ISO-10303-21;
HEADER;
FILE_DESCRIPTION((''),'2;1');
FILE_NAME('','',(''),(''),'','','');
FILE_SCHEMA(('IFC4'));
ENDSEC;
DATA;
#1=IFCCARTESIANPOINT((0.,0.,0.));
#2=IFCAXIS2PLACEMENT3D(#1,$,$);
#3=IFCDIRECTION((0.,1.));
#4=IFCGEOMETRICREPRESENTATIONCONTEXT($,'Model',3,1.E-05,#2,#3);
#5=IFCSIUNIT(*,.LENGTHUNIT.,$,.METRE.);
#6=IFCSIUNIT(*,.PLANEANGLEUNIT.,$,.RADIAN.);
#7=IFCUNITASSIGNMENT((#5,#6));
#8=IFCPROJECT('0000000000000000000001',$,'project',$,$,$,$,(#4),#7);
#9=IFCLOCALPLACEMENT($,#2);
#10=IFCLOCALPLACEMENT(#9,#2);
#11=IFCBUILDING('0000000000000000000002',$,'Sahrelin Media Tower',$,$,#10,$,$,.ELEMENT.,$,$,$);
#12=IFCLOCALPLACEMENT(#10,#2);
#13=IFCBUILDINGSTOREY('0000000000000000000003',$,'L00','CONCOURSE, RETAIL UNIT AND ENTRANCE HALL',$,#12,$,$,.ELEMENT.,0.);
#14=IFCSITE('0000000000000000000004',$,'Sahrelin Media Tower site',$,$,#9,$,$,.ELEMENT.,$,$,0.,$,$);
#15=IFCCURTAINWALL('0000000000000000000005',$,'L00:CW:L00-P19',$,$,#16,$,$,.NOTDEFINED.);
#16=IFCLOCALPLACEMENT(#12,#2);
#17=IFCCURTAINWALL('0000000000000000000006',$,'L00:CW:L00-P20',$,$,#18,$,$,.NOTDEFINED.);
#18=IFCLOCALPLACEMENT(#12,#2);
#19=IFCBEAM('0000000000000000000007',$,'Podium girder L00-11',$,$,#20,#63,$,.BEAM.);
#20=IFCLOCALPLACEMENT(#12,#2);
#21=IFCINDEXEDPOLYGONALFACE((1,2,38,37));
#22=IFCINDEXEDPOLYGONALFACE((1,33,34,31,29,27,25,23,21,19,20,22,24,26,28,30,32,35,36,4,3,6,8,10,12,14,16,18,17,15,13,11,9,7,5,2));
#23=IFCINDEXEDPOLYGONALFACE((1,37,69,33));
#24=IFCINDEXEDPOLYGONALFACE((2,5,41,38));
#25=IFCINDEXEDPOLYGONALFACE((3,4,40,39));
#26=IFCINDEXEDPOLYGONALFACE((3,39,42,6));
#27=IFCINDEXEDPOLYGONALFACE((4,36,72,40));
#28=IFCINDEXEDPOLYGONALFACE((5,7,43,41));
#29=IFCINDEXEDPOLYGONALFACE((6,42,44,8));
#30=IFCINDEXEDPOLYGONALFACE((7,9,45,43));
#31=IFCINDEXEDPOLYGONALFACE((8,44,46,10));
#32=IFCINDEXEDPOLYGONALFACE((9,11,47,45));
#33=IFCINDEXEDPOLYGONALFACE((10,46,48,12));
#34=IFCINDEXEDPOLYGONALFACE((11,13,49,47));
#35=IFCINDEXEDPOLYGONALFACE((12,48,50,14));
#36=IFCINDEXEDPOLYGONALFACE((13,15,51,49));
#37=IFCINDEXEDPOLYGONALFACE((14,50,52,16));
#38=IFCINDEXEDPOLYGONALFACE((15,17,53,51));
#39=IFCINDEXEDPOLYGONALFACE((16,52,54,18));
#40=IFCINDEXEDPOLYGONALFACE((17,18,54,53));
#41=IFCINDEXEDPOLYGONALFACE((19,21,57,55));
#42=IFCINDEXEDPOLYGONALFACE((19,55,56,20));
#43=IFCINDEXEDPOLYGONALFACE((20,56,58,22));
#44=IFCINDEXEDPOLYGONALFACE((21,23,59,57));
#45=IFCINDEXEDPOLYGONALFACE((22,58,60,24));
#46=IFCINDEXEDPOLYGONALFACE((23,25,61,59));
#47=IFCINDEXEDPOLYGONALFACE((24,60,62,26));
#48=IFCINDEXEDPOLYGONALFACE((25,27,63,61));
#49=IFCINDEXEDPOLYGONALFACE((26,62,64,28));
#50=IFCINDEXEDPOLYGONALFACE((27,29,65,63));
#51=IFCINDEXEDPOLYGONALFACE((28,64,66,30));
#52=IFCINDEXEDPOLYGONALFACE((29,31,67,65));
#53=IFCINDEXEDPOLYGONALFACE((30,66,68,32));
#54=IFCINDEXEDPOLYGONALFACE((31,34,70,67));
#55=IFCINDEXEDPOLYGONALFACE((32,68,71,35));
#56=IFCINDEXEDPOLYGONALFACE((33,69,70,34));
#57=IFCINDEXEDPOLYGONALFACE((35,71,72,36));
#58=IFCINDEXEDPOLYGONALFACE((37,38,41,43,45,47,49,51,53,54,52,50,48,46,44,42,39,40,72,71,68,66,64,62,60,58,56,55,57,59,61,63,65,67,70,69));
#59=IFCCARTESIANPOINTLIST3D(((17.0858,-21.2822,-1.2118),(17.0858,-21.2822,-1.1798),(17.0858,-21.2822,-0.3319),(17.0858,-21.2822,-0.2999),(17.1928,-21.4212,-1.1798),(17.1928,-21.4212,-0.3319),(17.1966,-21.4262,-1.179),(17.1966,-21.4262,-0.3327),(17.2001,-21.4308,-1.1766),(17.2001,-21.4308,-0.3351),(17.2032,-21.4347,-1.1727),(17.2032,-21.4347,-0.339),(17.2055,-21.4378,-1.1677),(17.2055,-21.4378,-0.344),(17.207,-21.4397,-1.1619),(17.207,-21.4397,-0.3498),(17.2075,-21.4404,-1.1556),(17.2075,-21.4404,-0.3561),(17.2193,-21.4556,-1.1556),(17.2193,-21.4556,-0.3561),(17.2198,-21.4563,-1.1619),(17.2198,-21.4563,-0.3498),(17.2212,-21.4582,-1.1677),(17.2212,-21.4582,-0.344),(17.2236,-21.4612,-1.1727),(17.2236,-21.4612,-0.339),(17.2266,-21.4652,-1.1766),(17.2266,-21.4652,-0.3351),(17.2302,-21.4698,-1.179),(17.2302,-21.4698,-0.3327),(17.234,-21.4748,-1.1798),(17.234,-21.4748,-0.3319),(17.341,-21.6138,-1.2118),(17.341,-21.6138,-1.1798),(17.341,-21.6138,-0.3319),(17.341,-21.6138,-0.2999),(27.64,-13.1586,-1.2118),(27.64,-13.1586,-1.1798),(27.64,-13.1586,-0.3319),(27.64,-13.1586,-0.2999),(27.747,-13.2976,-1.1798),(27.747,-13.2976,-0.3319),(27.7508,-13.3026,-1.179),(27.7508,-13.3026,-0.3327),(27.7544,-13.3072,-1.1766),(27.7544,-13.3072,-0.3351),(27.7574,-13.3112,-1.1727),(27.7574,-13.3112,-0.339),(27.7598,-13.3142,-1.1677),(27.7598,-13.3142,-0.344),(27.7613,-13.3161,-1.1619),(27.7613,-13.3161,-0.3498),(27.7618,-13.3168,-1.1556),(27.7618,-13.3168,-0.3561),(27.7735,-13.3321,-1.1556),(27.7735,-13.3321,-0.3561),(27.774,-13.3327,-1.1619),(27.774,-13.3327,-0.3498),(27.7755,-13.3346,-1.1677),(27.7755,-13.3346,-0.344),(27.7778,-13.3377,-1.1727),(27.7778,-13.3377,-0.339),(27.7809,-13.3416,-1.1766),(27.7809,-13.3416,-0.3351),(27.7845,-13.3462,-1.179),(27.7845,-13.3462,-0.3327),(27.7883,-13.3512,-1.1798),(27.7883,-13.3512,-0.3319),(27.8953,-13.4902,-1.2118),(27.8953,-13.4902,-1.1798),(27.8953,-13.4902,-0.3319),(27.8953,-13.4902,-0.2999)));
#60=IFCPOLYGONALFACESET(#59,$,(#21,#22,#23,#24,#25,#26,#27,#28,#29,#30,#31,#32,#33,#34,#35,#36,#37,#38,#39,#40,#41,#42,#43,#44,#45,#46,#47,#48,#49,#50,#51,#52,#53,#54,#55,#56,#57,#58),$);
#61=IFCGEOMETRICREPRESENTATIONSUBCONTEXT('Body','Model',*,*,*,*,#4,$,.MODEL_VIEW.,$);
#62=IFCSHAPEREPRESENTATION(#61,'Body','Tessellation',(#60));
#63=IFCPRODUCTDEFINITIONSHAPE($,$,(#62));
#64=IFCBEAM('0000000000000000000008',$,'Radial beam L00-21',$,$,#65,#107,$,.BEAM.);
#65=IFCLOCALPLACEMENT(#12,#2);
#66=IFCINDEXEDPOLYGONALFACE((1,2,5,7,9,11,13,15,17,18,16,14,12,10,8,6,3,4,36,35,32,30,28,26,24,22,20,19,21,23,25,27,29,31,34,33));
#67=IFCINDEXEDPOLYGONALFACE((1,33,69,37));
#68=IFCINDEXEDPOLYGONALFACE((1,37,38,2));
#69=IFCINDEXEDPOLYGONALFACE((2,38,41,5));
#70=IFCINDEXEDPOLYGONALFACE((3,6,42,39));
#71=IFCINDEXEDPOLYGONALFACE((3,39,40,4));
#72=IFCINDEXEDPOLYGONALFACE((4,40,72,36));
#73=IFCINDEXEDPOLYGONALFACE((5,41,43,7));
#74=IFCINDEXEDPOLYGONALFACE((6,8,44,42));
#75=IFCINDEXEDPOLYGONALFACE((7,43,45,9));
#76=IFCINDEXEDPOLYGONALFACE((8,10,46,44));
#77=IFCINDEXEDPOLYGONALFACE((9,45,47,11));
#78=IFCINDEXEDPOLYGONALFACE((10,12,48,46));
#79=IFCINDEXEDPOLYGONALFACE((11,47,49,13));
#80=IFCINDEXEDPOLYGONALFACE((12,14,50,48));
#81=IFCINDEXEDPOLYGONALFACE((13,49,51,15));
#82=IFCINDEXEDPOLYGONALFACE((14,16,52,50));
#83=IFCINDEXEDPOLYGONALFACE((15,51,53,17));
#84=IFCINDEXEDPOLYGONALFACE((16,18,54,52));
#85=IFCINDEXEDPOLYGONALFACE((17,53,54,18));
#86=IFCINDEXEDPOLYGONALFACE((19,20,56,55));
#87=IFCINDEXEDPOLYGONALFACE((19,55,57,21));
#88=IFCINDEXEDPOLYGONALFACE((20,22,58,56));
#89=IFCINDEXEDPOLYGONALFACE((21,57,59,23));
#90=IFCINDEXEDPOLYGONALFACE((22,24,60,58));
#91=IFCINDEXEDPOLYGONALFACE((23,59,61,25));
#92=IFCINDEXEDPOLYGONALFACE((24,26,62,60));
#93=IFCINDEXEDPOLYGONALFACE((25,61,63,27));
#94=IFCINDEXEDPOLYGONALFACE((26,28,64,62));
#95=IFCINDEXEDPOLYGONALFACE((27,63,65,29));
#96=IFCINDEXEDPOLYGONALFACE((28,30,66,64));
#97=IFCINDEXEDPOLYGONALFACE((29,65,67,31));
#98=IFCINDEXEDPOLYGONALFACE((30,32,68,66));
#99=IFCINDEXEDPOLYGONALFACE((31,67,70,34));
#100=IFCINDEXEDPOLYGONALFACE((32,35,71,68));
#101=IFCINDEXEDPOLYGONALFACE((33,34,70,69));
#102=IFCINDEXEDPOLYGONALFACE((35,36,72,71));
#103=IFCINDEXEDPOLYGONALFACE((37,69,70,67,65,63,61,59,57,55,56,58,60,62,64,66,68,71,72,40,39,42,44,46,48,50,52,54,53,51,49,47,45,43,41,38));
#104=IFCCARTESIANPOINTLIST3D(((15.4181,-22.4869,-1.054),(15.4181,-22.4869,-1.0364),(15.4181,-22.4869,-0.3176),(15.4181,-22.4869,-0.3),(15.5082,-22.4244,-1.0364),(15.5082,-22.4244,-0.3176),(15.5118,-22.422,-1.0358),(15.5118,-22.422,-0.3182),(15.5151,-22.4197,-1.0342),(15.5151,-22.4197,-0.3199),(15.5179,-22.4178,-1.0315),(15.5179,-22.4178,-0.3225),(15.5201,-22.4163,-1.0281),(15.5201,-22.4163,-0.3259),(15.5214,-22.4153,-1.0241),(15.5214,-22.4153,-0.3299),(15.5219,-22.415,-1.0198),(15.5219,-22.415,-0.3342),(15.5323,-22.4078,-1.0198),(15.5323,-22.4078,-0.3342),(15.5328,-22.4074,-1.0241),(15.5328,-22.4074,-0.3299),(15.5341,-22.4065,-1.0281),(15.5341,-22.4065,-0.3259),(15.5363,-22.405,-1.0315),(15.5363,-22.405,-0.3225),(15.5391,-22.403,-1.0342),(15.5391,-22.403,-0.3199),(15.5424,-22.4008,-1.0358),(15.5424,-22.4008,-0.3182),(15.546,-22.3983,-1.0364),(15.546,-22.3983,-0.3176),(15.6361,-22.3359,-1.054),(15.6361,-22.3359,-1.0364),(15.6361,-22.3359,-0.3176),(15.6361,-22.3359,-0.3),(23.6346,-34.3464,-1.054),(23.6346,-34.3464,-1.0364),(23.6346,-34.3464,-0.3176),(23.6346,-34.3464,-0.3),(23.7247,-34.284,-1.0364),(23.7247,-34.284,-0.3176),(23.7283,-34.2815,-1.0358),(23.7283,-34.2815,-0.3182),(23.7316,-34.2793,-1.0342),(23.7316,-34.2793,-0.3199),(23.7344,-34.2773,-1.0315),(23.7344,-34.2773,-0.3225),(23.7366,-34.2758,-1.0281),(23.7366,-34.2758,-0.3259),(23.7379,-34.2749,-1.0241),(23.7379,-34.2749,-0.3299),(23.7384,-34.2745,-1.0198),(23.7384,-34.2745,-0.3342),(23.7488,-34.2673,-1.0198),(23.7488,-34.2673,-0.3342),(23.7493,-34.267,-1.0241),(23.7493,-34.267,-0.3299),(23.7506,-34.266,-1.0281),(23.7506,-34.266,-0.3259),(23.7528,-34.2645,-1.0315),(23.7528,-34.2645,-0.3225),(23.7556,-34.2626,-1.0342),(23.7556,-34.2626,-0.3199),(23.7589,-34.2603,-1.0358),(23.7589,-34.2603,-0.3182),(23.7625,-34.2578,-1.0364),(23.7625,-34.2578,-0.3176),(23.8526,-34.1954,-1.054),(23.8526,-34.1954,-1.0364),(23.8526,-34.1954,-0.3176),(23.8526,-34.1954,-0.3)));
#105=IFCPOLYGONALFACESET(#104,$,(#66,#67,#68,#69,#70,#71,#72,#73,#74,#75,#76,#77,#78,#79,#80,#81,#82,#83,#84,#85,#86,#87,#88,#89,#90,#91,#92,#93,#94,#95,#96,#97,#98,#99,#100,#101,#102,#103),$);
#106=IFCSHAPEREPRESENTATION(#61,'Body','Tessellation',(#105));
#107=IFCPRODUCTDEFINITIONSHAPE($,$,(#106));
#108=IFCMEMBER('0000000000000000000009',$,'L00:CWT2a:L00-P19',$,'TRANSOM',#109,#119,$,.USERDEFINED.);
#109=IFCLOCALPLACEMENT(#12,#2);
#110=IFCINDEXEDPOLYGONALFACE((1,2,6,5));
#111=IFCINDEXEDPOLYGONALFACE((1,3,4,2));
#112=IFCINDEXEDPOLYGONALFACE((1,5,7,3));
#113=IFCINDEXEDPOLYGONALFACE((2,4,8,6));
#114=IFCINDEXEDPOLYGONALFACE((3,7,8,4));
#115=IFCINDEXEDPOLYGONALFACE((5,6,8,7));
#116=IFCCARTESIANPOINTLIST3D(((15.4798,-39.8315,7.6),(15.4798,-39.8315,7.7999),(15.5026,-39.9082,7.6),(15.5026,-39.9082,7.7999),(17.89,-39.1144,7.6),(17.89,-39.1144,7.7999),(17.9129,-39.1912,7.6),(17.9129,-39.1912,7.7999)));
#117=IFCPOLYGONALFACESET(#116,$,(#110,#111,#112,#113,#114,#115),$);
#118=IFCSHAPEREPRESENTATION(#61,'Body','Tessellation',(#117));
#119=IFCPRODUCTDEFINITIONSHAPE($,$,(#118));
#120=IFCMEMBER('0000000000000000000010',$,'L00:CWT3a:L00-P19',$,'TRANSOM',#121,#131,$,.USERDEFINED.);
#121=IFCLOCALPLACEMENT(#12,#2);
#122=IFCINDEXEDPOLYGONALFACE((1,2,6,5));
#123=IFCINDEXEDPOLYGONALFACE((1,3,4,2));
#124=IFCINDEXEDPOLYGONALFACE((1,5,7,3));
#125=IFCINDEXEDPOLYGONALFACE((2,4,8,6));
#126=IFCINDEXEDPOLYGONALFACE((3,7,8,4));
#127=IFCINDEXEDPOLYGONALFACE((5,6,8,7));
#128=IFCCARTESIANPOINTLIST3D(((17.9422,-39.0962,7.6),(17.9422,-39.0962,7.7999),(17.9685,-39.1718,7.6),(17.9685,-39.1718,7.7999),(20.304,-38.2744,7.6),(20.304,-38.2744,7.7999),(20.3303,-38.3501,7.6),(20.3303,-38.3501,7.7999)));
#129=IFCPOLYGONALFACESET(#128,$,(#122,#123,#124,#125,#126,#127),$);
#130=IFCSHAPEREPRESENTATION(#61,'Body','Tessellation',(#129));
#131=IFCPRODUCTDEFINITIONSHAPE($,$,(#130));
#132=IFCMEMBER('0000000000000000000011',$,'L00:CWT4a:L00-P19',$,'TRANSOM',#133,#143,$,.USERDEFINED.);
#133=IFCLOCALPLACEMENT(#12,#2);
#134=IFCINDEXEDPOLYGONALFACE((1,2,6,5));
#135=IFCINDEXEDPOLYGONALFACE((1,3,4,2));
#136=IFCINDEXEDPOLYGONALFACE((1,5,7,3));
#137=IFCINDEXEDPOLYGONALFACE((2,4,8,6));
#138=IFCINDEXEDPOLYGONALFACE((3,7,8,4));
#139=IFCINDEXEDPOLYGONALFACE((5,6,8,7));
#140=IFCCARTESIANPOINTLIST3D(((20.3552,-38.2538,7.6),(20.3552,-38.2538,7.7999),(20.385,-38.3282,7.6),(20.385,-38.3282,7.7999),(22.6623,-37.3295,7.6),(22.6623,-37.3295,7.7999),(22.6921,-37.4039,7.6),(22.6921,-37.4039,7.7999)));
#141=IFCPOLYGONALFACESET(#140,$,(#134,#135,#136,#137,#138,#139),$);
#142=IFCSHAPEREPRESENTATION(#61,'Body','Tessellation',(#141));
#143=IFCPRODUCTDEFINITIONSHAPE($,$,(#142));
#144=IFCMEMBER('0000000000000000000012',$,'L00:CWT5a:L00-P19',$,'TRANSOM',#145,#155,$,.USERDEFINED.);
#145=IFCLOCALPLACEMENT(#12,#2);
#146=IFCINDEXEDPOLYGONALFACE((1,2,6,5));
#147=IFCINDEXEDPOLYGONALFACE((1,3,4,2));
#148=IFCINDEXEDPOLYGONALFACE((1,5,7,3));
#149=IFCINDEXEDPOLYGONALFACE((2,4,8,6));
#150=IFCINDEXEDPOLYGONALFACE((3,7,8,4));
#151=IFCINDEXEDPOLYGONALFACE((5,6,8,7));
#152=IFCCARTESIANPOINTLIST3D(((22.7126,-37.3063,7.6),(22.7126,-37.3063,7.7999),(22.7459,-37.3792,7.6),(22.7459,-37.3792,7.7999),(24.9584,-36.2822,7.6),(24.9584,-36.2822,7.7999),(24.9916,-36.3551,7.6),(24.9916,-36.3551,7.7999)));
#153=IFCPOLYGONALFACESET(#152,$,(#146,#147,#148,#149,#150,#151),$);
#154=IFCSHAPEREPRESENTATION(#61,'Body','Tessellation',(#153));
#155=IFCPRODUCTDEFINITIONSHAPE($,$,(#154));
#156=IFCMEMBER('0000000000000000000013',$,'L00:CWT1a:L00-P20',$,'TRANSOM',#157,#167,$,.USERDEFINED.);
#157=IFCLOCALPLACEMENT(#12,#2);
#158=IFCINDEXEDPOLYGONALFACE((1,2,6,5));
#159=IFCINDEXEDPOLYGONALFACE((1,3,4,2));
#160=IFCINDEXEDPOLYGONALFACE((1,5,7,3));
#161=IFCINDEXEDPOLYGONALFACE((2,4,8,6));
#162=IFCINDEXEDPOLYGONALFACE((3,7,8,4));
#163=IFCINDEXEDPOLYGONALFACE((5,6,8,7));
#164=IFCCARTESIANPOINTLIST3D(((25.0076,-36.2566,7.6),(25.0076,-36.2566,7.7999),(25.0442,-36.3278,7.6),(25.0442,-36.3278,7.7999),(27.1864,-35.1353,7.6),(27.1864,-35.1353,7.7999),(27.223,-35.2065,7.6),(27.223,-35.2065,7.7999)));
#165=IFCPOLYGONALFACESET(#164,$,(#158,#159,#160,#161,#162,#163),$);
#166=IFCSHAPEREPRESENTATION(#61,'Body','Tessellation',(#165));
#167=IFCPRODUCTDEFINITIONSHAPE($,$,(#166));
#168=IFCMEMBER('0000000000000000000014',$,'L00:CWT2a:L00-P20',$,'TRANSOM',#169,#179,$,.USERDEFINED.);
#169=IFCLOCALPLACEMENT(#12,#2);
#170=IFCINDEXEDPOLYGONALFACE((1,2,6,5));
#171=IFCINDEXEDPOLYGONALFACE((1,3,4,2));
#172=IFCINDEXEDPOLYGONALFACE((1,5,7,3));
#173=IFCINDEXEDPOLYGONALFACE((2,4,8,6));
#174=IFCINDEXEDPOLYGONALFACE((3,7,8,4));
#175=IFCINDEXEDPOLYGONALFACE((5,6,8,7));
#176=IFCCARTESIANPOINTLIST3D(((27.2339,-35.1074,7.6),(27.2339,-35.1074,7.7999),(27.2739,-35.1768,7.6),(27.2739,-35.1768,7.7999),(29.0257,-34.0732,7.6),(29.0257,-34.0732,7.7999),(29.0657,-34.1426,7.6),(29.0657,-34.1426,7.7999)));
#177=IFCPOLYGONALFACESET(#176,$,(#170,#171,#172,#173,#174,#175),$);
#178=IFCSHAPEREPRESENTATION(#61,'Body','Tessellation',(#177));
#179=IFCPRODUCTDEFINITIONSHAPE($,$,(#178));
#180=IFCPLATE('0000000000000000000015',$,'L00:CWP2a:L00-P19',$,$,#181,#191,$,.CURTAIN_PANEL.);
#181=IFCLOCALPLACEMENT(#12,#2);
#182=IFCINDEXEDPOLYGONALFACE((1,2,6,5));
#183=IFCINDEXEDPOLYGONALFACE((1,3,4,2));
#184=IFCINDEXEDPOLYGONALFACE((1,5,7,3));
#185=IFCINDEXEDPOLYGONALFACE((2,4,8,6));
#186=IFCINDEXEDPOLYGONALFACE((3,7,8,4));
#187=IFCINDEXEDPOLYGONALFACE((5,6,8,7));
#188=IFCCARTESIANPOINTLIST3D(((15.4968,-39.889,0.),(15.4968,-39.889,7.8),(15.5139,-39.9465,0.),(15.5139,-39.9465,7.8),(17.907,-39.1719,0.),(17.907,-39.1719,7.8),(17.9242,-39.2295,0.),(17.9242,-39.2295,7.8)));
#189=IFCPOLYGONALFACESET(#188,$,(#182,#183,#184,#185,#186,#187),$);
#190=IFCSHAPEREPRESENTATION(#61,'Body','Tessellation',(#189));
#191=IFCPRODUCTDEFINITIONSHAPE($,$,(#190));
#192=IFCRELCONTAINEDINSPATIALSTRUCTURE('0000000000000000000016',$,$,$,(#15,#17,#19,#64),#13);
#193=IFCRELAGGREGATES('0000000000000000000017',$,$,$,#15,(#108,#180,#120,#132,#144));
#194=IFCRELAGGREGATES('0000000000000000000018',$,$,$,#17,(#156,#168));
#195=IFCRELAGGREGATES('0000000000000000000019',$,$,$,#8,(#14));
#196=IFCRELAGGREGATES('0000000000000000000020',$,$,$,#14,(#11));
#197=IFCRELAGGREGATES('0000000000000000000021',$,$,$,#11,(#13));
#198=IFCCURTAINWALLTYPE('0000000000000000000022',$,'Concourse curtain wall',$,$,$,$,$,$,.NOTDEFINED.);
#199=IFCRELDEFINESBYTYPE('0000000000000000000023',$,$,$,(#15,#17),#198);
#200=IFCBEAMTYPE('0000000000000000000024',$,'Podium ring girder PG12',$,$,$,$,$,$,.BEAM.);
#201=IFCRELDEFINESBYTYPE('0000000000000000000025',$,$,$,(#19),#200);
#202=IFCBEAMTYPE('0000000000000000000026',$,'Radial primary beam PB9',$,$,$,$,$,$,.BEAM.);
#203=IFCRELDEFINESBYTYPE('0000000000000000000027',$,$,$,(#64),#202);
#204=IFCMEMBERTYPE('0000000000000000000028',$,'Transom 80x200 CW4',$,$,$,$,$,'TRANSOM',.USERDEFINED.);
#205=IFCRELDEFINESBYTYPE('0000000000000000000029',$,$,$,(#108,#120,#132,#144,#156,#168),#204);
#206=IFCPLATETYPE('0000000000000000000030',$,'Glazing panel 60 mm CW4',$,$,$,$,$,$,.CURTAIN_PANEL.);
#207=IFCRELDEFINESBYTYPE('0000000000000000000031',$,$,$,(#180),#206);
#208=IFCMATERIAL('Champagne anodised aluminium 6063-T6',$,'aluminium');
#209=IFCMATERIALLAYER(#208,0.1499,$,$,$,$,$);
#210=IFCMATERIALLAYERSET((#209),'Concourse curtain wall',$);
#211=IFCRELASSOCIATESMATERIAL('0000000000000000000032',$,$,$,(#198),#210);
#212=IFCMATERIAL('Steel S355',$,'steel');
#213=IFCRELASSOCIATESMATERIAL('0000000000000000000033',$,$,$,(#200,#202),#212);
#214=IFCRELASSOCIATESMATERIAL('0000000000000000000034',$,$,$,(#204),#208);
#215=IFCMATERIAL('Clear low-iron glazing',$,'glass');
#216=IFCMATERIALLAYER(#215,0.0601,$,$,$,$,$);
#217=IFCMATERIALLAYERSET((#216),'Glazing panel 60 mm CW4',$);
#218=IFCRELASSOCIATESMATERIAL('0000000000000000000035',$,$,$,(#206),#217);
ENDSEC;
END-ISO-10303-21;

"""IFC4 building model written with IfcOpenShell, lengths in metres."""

from ifc_helpers import new_model, si_unit, direction, frame, origin, origin_2d, place, context, subcontext, project, spatial, polyline, rectangle, i_section, outline, extrude, material, layer, layer_set, material_profile, profile_set, type_object, element, aggregate, save


model = new_model("IFC4")

# Units and contexts
model_context = context("Model", 3, precision=1e-05, world=origin(), true_north=direction((0.0, 1.0)))
body_context = subcontext(model_context, "Body", "Model", "MODEL_VIEW")
ifc_project = project(units=[si_unit("LENGTHUNIT", "METRE"), si_unit("PLANEANGLEUNIT", "RADIAN")], contexts=[model_context])

# Site, building, storey
site_placement = place(None, origin())
site = spatial("IfcSite", under=ifc_project, at=site_placement, Name="Sahrelin Media Tower site", CompositionType="ELEMENT", RefElevation=0.0)
building_placement = place(site_placement, origin())
building = spatial("IfcBuilding", under=site, at=building_placement, Name="Sahrelin Media Tower", CompositionType="ELEMENT")
storey_placement = place(building_placement, origin())
storey = spatial("IfcBuildingStorey", under=building, at=storey_placement, Name="L00", Description="CONCOURSE, RETAIL UNIT AND ENTRANCE HALL", CompositionType="ELEMENT", Elevation=0.0)

# Curtain walls
ifc_material_1 = material(Name="Champagne anodised aluminium 6063-T6", Category="aluminium")
ifc_layer_1 = layer(ifc_material_1, 0.1499)
ifc_layer_set_1 = layer_set([ifc_layer_1], Name="Concourse curtain wall")
curtain_wall_type = type_object("IfcCurtainWallType", Name="Concourse curtain wall", PredefinedType="NOTDEFINED", material=ifc_layer_set_1)
curtain_wall_1_placement = place(storey_placement, frame((12.9409, -40.5688, 0.0), z_axis=(0.0, 0.0, 1.0), x_axis=(1.0, 0.0, 0.0)))
curtain_wall_1 = element("IfcCurtainWall", 1, at=curtain_wall_1_placement, inside=storey, type_object=curtain_wall_type, Name="L00:CW:L00-P19", PredefinedType="NOTDEFINED")
curtain_wall_2_placement = place(storey_placement, frame((25.0, -36.373, 0.0), z_axis=(0.0, 0.0, 1.0), x_axis=(1.0, 0.0, 0.0)))
curtain_wall_2 = element("IfcCurtainWall", 2, at=curtain_wall_2_placement, inside=storey, type_object=curtain_wall_type, Name="L00:CW:L00-P20", PredefinedType="NOTDEFINED")

# Beams
ifc_material_2 = material(Name="Steel S355", Category="steel")
ifc_material_profile_1 = material_profile(ifc_material_2, i_section(OverallWidth=0.4185, OverallDepth=0.9119, WebThickness=0.0193, FlangeThickness=0.032, FilletRadius=0.0242, at=origin_2d()), Name="UB 914x419x343")
ifc_profile_set_1 = profile_set([ifc_material_profile_1], Name="Steel S355")
beam_type_1 = type_object("IfcBeamType", Name="Podium ring girder PG12", PredefinedType="BEAM", material=ifc_profile_set_1)
beam_1_placement = place(storey_placement, frame((17.2134, -21.448, -0.7559), z_axis=(0.792445, 0.609943, 0.0), x_axis=(-0.609943, 0.792445, 0.0)))
element("IfcBeam", 3, at=beam_1_placement, inside=storey, type_object=beam_type_1, Name="Podium girder L00-11", PredefinedType="BEAM", context=body_context, shape_type="SweptSolid", body=[
    extrude(i_section(OverallWidth=0.4185, OverallDepth=0.9119, WebThickness=0.0193, FlangeThickness=0.032, FilletRadius=0.0242, at=origin_2d()), origin(), (0.0, 0.0, 1.0), 13.3186),
])
ifc_material_profile_2 = material_profile(ifc_material_2, i_section(OverallWidth=0.2651, OverallDepth=0.7539, WebThickness=0.0127, FlangeThickness=0.0176, FilletRadius=0.0166, at=origin_2d()), Name="UB 762x267x147")
ifc_profile_set_2 = profile_set([ifc_material_profile_2], Name="Steel S355")
beam_type_2 = type_object("IfcBeamType", Name="Radial primary beam PB9", PredefinedType="BEAM", material=ifc_profile_set_2)
beam_2_placement = place(storey_placement, frame((15.5271, -22.4114, -0.677), z_axis=(0.569493, -0.821996, 0.0), x_axis=(0.821996, 0.569493, 0.0)))
element("IfcBeam", 4, at=beam_2_placement, inside=storey, type_object=beam_type_2, Name="Radial beam L00-21", PredefinedType="BEAM", context=body_context, shape_type="SweptSolid", body=[
    extrude(i_section(OverallWidth=0.2651, OverallDepth=0.7539, WebThickness=0.0127, FlangeThickness=0.0176, FilletRadius=0.0166, at=origin_2d()), origin(), (0.0, 0.0, 1.0), 14.4277),
])

# Members
ifc_material_profile_3 = material_profile(ifc_material_1, rectangle(XDim=0.0801, YDim=0.2, at=origin_2d()), Name="Transom 80x200")
ifc_profile_set_3 = profile_set([ifc_material_profile_3], Name="Champagne anodised aluminium 6063-T6")
member_type_1 = type_object("IfcMemberType", Name="Transom 80x200 CW4", ElementType="TRANSOM", PredefinedType="USERDEFINED", material=ifc_profile_set_3)
member_1_placement = place(storey_placement, frame((15.4912, -39.8699, 7.7), z_axis=(0.958481, 0.285156, 0.0), x_axis=(-0.285156, 0.958481, 0.0)))
member_1 = element("IfcMember", 5, at=member_1_placement, type_object=member_type_1, Name="L00:CWT2a:L00-P19", ObjectType="TRANSOM", PredefinedType="USERDEFINED", context=body_context, shape_type="SweptSolid", body=[
    extrude(rectangle(XDim=0.0801, YDim=0.2, at=origin_2d()), origin(), (0.0, 0.0, 1.0), 2.5146),
])
member_2_placement = place(storey_placement, frame((17.9553, -39.134, 7.7), z_axis=(0.944463, 0.328619, 0.0), x_axis=(-0.328619, 0.944463, 0.0)))
member_2 = element("IfcMember", 6, at=member_2_placement, type_object=member_type_1, Name="L00:CWT3a:L00-P19", ObjectType="TRANSOM", PredefinedType="USERDEFINED", context=body_context, shape_type="SweptSolid", body=[
    extrude(rectangle(XDim=0.0801, YDim=0.2, at=origin_2d()), origin(), (0.0, 0.0, 1.0), 2.5007),
])
member_3_placement = place(storey_placement, frame((20.3701, -38.291, 7.7), z_axis=(0.928273, 0.371899, 0.0), x_axis=(-0.371899, 0.928273, 0.0)))
member_3 = element("IfcMember", 7, at=member_3_placement, type_object=member_type_1, Name="L00:CWT4a:L00-P19", ObjectType="TRANSOM", PredefinedType="USERDEFINED", context=body_context, shape_type="SweptSolid", body=[
    extrude(rectangle(XDim=0.0801, YDim=0.2, at=origin_2d()), origin(), (0.0, 0.0, 1.0), 2.4854),
])
member_4_placement = place(storey_placement, frame((22.7292, -37.3428, 7.7), z_axis=(0.909858, 0.41492, 0.0), x_axis=(-0.41492, 0.909858, 0.0)))
member_4 = element("IfcMember", 8, at=member_4_placement, type_object=member_type_1, Name="L00:CWT5a:L00-P19", ObjectType="TRANSOM", PredefinedType="USERDEFINED", context=body_context, shape_type="SweptSolid", body=[
    extrude(rectangle(XDim=0.0801, YDim=0.2, at=origin_2d()), origin(), (0.0, 0.0, 1.0), 2.4683),
])
member_5_placement = place(storey_placement, frame((25.0259, -36.2922, 7.7), z_axis=(0.889145, 0.457625, 0.0), x_axis=(-0.457625, 0.889145, 0.0)))
member_5 = element("IfcMember", 9, at=member_5_placement, type_object=member_type_1, Name="L00:CWT1a:L00-P20", ObjectType="TRANSOM", PredefinedType="USERDEFINED", context=body_context, shape_type="SweptSolid", body=[
    extrude(rectangle(XDim=0.0801, YDim=0.2, at=origin_2d()), origin(), (0.0, 0.0, 1.0), 2.4504),
])
member_6_placement = place(storey_placement, frame((27.2539, -35.1421, 7.7), z_axis=(0.866085, 0.499896, 0.0), x_axis=(-0.499896, 0.866085, 0.0)))
member_6 = element("IfcMember", 10, at=member_6_placement, type_object=member_type_1, Name="L00:CWT2a:L00-P20", ObjectType="TRANSOM", PredefinedType="USERDEFINED", context=body_context, shape_type="SweptSolid", body=[
    extrude(rectangle(XDim=0.0801, YDim=0.2, at=origin_2d()), origin(), (0.0, 0.0, 1.0), 2.0688),
])

# Plate
ifc_material_3 = material(Name="Clear low-iron glazing", Category="glass")
ifc_layer_2 = layer(ifc_material_3, 0.0601)
ifc_layer_set_2 = layer_set([ifc_layer_2], Name="Glazing panel 60 mm CW4")
plate_type = type_object("IfcPlateType", Name="Glazing panel 60 mm CW4", PredefinedType="CURTAIN_PANEL", material=ifc_layer_set_2)
plate_1_placement = place(storey_placement, frame((15.5139, -39.9465, 0.0), z_axis=(0.285156, -0.958481, 0.0), x_axis=(0.958481, 0.285156, 0.0)))
plate_1 = element("IfcPlate", 11, at=plate_1_placement, type_object=plate_type, Name="L00:CWP2a:L00-P19", PredefinedType="CURTAIN_PANEL", context=body_context, shape_type="SweptSolid", body=[
    extrude(outline(polyline([(0.0, 0.0), (2.5146, 0.0), (2.5146, 7.8), (0.0, 7.8), (0.0, 0.0)])), origin(), (0.0, 0.0, -1.0), 0.0601),
])
aggregate(curtain_wall_1, [member_1, plate_1, member_2, member_3, member_4])
aggregate(curtain_wall_2, [member_5, member_6])

save(model, "model.ifc")
